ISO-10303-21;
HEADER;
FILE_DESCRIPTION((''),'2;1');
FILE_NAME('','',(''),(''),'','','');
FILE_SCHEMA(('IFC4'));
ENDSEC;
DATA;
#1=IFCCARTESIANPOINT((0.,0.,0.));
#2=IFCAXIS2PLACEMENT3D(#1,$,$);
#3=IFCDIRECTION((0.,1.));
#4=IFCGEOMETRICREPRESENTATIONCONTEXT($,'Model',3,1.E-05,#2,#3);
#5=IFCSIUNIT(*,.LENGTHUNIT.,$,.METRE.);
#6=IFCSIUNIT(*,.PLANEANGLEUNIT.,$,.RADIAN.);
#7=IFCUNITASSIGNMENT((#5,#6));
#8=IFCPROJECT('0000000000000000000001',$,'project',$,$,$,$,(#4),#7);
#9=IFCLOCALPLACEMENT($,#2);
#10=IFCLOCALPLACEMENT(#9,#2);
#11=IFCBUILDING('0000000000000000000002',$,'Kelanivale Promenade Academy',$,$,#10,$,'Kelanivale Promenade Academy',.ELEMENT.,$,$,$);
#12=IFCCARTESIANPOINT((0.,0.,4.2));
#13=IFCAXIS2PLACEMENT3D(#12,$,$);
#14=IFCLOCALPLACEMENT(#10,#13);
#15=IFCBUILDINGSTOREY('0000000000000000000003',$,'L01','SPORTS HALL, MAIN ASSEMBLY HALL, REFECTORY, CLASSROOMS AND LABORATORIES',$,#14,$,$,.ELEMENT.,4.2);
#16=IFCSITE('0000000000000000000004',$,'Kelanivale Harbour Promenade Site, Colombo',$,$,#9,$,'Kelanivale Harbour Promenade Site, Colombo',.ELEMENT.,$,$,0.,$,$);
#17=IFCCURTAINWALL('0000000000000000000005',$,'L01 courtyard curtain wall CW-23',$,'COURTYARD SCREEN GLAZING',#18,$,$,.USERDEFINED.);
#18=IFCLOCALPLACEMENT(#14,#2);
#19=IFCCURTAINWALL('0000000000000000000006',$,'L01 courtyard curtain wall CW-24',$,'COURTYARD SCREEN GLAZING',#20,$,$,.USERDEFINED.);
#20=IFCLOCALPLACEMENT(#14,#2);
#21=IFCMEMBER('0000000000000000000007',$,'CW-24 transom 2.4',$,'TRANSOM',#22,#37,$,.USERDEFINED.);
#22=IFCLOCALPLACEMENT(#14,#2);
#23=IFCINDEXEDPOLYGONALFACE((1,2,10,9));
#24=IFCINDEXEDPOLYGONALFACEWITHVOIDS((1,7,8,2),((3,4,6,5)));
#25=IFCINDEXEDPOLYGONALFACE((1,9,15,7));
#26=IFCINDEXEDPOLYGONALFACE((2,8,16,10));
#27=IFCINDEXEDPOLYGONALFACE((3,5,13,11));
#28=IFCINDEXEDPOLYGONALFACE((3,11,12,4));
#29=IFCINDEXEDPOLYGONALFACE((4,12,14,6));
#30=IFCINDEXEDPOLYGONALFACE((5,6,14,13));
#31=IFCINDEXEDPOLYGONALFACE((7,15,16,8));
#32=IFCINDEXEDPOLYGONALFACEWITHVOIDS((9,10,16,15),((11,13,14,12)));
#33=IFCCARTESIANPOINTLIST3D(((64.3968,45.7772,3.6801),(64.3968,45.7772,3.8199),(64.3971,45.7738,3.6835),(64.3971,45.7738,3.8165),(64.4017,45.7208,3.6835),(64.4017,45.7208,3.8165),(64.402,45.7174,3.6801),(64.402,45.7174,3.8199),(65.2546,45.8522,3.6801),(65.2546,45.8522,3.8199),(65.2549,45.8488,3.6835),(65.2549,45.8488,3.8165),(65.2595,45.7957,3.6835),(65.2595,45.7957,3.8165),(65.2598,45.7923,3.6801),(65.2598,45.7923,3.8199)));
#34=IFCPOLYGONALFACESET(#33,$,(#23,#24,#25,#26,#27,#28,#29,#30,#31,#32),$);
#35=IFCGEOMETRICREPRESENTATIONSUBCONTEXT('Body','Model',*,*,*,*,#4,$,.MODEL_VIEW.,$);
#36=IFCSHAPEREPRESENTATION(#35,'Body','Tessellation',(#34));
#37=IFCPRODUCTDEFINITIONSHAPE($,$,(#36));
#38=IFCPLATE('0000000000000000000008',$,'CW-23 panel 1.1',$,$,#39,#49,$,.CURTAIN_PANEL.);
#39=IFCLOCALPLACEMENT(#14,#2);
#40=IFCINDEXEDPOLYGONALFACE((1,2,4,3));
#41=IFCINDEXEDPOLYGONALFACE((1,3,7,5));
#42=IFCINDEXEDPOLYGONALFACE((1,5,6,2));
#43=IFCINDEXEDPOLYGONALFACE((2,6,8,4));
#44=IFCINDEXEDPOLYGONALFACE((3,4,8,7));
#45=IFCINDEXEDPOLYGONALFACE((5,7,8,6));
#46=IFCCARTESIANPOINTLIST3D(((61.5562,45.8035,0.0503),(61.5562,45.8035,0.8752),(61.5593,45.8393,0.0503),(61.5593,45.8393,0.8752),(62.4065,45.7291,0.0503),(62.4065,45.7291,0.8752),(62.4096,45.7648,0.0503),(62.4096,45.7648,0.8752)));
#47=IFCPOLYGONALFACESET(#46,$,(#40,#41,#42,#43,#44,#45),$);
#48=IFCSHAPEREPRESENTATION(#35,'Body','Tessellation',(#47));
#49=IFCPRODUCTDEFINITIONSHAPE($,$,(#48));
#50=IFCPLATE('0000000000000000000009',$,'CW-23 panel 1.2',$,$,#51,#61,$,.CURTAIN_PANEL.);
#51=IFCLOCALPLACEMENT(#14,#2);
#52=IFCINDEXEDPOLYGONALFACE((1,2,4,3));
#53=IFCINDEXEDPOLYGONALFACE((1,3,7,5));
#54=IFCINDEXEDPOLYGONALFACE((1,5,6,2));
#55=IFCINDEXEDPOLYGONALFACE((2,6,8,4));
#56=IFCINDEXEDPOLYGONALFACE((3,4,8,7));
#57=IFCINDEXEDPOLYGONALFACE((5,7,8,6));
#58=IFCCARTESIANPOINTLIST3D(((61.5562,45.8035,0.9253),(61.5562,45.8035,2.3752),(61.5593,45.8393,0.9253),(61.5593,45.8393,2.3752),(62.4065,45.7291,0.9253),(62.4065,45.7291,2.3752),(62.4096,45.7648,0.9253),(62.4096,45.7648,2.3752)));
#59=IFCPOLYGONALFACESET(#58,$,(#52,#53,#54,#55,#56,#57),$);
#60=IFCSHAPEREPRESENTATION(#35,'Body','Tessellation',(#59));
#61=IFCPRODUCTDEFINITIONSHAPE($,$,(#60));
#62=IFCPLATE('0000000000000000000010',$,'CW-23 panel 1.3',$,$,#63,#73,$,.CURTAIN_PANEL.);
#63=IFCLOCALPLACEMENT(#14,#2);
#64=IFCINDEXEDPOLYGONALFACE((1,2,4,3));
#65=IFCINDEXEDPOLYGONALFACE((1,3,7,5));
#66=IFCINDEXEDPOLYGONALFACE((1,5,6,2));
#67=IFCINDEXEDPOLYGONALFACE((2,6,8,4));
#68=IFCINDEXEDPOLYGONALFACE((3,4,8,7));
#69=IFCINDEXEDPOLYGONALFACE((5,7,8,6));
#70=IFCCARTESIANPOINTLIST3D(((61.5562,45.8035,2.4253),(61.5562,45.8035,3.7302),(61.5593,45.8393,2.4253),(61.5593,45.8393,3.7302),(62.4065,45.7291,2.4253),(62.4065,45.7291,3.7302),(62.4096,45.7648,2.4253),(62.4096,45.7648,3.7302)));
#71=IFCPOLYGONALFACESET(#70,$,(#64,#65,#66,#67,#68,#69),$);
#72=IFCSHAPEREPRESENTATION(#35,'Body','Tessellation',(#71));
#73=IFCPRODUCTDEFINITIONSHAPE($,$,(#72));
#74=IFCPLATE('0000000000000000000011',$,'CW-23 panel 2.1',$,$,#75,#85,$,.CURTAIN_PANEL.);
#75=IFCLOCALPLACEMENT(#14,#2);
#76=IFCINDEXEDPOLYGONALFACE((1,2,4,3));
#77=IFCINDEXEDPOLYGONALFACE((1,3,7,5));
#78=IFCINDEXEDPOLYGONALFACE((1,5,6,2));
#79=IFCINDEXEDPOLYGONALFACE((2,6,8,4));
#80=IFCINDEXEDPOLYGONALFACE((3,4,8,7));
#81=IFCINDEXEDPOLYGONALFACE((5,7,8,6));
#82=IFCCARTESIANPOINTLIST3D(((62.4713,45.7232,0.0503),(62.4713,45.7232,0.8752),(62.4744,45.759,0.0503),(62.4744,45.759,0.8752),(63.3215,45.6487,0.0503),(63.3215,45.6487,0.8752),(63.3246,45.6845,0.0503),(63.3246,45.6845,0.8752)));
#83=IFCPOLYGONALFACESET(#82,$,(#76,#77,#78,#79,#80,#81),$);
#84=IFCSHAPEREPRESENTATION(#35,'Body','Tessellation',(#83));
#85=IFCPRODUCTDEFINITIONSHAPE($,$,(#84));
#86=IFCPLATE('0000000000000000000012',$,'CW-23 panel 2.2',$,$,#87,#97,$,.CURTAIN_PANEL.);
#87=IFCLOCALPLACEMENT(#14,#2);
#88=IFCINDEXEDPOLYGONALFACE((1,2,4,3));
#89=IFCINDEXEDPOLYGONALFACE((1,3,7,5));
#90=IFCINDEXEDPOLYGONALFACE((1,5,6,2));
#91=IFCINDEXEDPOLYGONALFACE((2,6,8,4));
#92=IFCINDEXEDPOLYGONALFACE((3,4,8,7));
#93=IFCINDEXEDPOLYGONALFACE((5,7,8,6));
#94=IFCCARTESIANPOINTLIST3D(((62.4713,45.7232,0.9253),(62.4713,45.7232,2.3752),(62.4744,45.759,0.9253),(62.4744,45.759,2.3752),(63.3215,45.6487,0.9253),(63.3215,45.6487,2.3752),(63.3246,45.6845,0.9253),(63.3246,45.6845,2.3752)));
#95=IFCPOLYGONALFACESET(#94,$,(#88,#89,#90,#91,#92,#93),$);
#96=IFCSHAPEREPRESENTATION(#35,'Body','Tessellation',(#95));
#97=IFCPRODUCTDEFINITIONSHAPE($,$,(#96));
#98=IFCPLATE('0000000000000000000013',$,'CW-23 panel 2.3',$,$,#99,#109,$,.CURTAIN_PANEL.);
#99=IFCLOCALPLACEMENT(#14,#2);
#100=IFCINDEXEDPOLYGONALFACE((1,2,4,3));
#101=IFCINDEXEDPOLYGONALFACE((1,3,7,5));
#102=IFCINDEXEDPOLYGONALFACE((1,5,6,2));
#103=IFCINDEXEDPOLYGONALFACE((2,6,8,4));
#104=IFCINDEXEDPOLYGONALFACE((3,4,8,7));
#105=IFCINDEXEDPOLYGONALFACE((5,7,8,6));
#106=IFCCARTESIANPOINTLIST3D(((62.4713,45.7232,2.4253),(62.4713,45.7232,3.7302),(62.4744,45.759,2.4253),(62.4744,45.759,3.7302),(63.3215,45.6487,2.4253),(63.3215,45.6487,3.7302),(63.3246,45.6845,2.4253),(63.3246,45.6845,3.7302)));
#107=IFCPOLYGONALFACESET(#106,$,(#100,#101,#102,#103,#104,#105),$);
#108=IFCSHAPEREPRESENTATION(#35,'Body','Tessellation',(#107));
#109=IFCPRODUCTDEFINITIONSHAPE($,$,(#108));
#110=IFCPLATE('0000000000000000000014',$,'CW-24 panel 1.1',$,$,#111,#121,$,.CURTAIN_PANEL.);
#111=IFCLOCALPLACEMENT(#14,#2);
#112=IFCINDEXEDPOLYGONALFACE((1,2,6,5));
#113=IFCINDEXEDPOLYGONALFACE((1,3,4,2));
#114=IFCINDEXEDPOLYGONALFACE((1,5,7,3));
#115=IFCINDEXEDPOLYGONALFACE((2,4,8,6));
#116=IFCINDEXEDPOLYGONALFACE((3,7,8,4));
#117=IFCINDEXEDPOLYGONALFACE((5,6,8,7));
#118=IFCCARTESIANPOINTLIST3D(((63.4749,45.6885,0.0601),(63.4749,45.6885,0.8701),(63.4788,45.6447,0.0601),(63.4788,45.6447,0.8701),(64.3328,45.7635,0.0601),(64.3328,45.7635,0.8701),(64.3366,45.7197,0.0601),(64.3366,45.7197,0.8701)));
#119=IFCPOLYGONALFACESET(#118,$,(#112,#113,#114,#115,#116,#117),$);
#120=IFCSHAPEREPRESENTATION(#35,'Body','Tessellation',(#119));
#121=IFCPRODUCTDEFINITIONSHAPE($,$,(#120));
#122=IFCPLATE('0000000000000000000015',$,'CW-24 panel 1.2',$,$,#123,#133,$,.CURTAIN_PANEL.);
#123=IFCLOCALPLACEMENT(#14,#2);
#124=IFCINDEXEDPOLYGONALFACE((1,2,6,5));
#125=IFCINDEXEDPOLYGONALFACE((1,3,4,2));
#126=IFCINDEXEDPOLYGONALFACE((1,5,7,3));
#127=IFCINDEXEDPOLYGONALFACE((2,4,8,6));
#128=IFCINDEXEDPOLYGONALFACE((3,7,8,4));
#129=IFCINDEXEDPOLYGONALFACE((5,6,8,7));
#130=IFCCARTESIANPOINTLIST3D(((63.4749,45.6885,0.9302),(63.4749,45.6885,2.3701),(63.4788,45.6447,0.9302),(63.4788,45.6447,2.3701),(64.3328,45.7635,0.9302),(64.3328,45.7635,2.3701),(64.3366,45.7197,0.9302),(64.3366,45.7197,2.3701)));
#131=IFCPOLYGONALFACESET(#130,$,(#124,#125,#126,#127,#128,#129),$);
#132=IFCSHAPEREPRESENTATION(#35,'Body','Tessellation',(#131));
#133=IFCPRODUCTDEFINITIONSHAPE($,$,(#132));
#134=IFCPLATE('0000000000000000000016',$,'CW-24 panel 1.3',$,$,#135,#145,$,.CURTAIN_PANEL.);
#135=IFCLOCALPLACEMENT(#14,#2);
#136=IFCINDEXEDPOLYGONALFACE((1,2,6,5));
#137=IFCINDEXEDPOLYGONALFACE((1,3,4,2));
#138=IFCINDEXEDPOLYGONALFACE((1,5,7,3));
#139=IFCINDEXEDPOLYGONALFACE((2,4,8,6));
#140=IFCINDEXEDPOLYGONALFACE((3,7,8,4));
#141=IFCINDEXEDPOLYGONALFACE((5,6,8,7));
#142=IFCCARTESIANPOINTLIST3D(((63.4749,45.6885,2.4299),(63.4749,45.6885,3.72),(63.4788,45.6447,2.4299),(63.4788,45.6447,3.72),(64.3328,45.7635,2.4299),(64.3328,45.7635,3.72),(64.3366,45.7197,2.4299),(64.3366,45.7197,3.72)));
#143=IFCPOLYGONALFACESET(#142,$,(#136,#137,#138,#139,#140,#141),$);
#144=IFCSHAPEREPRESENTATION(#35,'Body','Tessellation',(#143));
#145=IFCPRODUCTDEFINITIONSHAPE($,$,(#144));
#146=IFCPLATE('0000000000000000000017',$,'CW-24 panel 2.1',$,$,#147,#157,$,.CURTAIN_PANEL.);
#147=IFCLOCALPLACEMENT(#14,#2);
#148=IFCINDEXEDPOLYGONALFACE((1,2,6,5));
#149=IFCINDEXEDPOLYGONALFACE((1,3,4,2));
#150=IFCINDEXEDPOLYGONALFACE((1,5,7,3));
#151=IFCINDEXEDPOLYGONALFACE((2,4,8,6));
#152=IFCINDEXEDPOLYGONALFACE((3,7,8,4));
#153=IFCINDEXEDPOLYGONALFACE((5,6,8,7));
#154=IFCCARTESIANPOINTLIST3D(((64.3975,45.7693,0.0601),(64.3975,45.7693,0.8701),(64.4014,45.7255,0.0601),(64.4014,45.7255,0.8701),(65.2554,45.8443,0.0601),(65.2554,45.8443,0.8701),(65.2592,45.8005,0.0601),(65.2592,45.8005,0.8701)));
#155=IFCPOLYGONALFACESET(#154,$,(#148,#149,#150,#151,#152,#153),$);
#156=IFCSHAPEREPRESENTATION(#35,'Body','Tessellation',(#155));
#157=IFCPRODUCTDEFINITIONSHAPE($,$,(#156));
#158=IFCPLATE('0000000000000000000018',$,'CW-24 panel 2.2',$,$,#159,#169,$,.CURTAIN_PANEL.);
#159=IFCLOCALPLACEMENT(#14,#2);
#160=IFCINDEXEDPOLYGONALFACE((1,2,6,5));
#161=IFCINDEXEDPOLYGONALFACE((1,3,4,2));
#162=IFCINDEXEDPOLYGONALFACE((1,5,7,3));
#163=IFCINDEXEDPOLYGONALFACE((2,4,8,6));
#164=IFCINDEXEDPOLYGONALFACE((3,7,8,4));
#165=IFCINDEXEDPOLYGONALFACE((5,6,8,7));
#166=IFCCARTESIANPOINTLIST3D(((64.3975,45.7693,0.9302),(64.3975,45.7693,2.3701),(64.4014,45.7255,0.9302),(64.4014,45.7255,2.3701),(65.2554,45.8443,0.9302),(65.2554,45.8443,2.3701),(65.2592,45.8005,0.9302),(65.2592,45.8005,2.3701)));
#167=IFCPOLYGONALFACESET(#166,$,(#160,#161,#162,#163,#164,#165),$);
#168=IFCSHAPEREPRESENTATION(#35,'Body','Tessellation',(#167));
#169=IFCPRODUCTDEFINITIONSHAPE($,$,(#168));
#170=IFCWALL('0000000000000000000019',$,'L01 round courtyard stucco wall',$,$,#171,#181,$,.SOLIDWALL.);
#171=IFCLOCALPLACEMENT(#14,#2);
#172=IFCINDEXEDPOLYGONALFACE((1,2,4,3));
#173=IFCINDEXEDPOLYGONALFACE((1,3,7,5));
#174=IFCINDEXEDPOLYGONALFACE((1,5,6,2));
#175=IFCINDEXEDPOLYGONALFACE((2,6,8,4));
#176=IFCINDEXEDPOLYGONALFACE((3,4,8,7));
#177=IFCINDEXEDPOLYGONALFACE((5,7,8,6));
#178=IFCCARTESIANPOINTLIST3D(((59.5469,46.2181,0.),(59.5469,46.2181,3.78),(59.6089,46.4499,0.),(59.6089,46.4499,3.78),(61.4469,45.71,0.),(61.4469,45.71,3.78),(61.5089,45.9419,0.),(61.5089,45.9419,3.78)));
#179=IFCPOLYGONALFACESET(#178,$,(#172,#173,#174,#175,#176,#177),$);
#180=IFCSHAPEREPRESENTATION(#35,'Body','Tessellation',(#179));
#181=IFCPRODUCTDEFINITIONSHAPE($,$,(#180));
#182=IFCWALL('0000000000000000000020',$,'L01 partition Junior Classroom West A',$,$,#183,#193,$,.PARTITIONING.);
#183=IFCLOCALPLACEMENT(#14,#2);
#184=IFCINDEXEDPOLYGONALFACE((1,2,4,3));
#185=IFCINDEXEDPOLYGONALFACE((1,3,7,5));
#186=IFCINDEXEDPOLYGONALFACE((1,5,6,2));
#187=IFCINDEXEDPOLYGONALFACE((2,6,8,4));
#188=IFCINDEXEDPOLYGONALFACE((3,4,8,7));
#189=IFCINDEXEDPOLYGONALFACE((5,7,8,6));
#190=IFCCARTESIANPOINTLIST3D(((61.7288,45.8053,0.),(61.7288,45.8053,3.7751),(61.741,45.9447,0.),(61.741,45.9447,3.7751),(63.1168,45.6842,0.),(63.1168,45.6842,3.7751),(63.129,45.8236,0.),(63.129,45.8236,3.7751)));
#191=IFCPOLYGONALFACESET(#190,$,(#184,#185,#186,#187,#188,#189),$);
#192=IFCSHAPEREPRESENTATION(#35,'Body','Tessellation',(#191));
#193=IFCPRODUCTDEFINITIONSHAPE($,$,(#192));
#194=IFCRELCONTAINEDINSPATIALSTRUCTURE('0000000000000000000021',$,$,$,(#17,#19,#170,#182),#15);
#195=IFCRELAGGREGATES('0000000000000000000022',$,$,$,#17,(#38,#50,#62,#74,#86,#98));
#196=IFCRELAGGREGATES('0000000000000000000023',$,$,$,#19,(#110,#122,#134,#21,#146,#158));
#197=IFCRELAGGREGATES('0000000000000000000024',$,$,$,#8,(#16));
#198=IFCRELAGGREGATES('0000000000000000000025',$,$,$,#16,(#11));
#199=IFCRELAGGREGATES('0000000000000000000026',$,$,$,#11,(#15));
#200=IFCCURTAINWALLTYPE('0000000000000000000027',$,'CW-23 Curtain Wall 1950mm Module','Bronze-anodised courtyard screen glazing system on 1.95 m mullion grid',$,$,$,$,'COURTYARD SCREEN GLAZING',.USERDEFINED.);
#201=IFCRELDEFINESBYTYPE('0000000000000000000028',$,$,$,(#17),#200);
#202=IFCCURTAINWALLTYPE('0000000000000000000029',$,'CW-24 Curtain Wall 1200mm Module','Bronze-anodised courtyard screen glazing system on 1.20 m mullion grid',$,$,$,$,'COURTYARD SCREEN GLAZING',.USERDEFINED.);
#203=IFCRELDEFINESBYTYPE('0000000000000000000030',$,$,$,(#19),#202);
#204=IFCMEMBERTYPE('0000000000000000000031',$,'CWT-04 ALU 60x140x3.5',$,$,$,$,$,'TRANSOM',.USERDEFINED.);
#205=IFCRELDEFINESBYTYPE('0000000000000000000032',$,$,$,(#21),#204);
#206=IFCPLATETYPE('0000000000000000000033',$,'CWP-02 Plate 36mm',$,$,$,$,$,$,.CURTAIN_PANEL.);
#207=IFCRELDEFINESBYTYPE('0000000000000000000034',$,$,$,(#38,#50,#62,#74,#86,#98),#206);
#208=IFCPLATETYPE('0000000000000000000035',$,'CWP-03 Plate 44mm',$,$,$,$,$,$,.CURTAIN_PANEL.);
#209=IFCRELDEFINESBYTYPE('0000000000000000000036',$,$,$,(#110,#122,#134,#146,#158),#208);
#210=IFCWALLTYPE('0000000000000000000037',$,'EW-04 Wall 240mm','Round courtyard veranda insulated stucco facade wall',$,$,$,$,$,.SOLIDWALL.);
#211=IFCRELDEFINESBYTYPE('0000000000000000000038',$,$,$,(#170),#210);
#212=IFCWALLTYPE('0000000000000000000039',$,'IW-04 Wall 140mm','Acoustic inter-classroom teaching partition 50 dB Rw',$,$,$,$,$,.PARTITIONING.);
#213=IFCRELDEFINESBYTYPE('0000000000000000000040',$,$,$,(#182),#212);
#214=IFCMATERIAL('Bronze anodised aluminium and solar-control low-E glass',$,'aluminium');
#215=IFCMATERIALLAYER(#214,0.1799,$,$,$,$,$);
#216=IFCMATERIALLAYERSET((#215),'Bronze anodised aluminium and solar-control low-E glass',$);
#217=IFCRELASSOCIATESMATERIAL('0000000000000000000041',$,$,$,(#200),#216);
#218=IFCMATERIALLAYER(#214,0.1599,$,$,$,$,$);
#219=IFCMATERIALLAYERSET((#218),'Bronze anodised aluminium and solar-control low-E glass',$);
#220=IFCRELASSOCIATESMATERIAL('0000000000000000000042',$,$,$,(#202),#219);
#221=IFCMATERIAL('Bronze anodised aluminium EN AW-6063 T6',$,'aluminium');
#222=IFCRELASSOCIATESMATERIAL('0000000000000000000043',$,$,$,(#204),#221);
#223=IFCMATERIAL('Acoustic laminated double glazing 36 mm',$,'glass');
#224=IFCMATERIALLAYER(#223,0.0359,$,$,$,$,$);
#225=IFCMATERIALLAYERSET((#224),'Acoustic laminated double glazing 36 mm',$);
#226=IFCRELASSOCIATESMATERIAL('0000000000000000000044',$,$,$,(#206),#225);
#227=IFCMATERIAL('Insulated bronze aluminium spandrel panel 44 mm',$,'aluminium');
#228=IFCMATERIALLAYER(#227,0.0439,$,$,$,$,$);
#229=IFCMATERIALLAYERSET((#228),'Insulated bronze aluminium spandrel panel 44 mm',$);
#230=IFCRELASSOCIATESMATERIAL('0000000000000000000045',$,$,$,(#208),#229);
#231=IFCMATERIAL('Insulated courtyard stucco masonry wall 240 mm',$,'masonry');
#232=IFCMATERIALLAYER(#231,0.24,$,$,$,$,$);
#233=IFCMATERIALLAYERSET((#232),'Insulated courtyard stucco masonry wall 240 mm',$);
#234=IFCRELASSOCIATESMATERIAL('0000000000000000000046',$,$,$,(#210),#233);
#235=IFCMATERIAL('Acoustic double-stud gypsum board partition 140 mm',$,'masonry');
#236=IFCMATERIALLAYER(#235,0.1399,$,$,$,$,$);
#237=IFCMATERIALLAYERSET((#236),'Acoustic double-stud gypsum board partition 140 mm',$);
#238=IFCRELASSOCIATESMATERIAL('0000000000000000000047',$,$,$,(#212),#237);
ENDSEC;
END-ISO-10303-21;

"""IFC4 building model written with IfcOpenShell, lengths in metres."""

from ifc_helpers import new_model, si_unit, direction, frame, frame_2d, origin, origin_2d, place, context, subcontext, project, spatial, rectangle, hollow_rectangle, extrude, material, layer, layer_set, material_profile, profile_set, type_object, element, aggregate, save


model = new_model("IFC4")

# Units and contexts
model_context = context("Model", 3, precision=1e-05, world=origin(), true_north=direction((0.0, 1.0)))
body_context = subcontext(model_context, "Body", "Model", "MODEL_VIEW")
ifc_project = project(units=[si_unit("LENGTHUNIT", "METRE"), si_unit("PLANEANGLEUNIT", "RADIAN")], contexts=[model_context])

# Site, building, storey
site_placement = place(None, origin())
site = spatial("IfcSite", under=ifc_project, at=site_placement, Name="Kelanivale Harbour Promenade Site, Colombo", LongName="Kelanivale Harbour Promenade Site, Colombo", CompositionType="ELEMENT", RefElevation=0.0)
building_placement = place(site_placement, origin())
building = spatial("IfcBuilding", under=site, at=building_placement, Name="Kelanivale Promenade Academy", LongName="Kelanivale Promenade Academy", CompositionType="ELEMENT")
storey_placement = place(building_placement, frame((0.0, 0.0, 4.2)))
storey = spatial("IfcBuildingStorey", under=building, at=storey_placement, Name="L01", Description="SPORTS HALL, MAIN ASSEMBLY HALL, REFECTORY, CLASSROOMS AND LABORATORIES", CompositionType="ELEMENT", Elevation=4.2)

# Shared definitions
ifc_material_1 = material(Name="Bronze anodised aluminium and solar-control low-E glass", Category="aluminium")
ifc_material_2 = material(Name="Bronze anodised aluminium EN AW-6063 T6", Category="aluminium")

# Curtain walls
ifc_layer_1 = layer(ifc_material_1, 0.1799)
ifc_layer_set_1 = layer_set([ifc_layer_1], Name="Bronze anodised aluminium and solar-control low-E glass")
curtain_wall_type_1 = type_object("IfcCurtainWallType", Name="CW-23 Curtain Wall 1950mm Module", Description="Bronze-anodised courtyard screen glazing system on 1.95 m mullion grid", ElementType="COURTYARD SCREEN GLAZING", PredefinedType="USERDEFINED", material=ifc_layer_set_1)
curtain_wall_1_placement = place(storey_placement, origin())
curtain_wall_1 = element("IfcCurtainWall", 1, at=curtain_wall_1_placement, inside=storey, type_object=curtain_wall_type_1, Name="L01 courtyard curtain wall CW-23", ObjectType="COURTYARD SCREEN GLAZING", PredefinedType="USERDEFINED")
ifc_layer_2 = layer(ifc_material_1, 0.1599)
ifc_layer_set_2 = layer_set([ifc_layer_2], Name="Bronze anodised aluminium and solar-control low-E glass")
curtain_wall_type_2 = type_object("IfcCurtainWallType", Name="CW-24 Curtain Wall 1200mm Module", Description="Bronze-anodised courtyard screen glazing system on 1.20 m mullion grid", ElementType="COURTYARD SCREEN GLAZING", PredefinedType="USERDEFINED", material=ifc_layer_set_2)
curtain_wall_2_placement = place(storey_placement, origin())
curtain_wall_2 = element("IfcCurtainWall", 2, at=curtain_wall_2_placement, inside=storey, type_object=curtain_wall_type_2, Name="L01 courtyard curtain wall CW-24", ObjectType="COURTYARD SCREEN GLAZING", PredefinedType="USERDEFINED")

# Member
ifc_material_profile_1 = material_profile(ifc_material_2, hollow_rectangle(XDim=0.0601, YDim=0.1399, WallThickness=0.0034, at=origin_2d()), Name="ALU 60x140x3.5")
ifc_profile_set_1 = profile_set([ifc_material_profile_1], Name="Bronze anodised aluminium EN AW-6063 T6")
member_type_1 = type_object("IfcMemberType", Name="CWT-04 ALU 60x140x3.5", ElementType="TRANSOM", PredefinedType="USERDEFINED", material=ifc_profile_set_1)
member_1_placement = place(storey_placement, frame((64.3994, 45.7473, 3.75), z_axis=(0.996205, 0.087033, 0.0), x_axis=(-0.087033, 0.996205, 0.0)))
member_1 = element("IfcMember", 3, at=member_1_placement, type_object=member_type_1, Name="CW-24 transom 2.4", ObjectType="TRANSOM", PredefinedType="USERDEFINED", context=body_context, shape_type="SweptSolid", body=[
    extrude(hollow_rectangle(XDim=0.0601, YDim=0.1399, WallThickness=0.0034, at=origin_2d()), origin(), (0.0, 0.0, 1.0), 0.8611),
])

# Plates
ifc_material_3 = material(Name="Acoustic laminated double glazing 36 mm", Category="glass")
ifc_layer_3 = layer(ifc_material_3, 0.0359)
ifc_layer_set_3 = layer_set([ifc_layer_3], Name="Acoustic laminated double glazing 36 mm")
plate_type_1 = type_object("IfcPlateType", Name="CWP-02 Plate 36mm", PredefinedType="CURTAIN_PANEL", material=ifc_layer_set_3)
plate_1_placement = place(storey_placement, frame((61.9829, 45.7842, 0.0503), z_axis=(0.0, 0.0, 1.0), x_axis=(0.996185, -0.087265, 0.0)))
plate_1 = element("IfcPlate", 4, at=plate_1_placement, type_object=plate_type_1, Name="CW-23 panel 1.1", PredefinedType="CURTAIN_PANEL", context=body_context, shape_type="SweptSolid", body=[
    extrude(rectangle(XDim=0.8535, YDim=0.0359, at=origin_2d()), origin(), (0.0, 0.0, 1.0), 0.825),
])
plate_2_placement = place(storey_placement, frame((61.9829, 45.7842, 0.9253), z_axis=(0.0, 0.0, 1.0), x_axis=(0.996185, -0.087265, 0.0)))
plate_2 = element("IfcPlate", 5, at=plate_2_placement, type_object=plate_type_1, Name="CW-23 panel 1.2", PredefinedType="CURTAIN_PANEL", context=body_context, shape_type="SweptSolid", body=[
    extrude(rectangle(XDim=0.8535, YDim=0.0359, at=origin_2d()), origin(), (0.0, 0.0, 1.0), 1.45),
])
plate_3_placement = place(storey_placement, frame((61.9829, 45.7842, 2.4253), z_axis=(0.0, 0.0, 1.0), x_axis=(0.996185, -0.087265, 0.0)))
plate_3 = element("IfcPlate", 6, at=plate_3_placement, type_object=plate_type_1, Name="CW-23 panel 1.3", PredefinedType="CURTAIN_PANEL", context=body_context, shape_type="SweptSolid", body=[
    extrude(rectangle(XDim=0.8535, YDim=0.0359, at=origin_2d()), origin(), (0.0, 0.0, 1.0), 1.3049),
])
plate_4_placement = place(storey_placement, frame((62.8979, 45.7039, 0.0503), z_axis=(0.0, 0.0, 1.0), x_axis=(0.996185, -0.087265, 0.0)))
plate_4 = element("IfcPlate", 7, at=plate_4_placement, type_object=plate_type_1, Name="CW-23 panel 2.1", PredefinedType="CURTAIN_PANEL", context=body_context, shape_type="SweptSolid", body=[
    extrude(rectangle(XDim=0.8535, YDim=0.0359, at=origin_2d()), origin(), (0.0, 0.0, 1.0), 0.825),
])
plate_5_placement = place(storey_placement, frame((62.8979, 45.7039, 0.9253), z_axis=(0.0, 0.0, 1.0), x_axis=(0.996185, -0.087265, 0.0)))
plate_5 = element("IfcPlate", 8, at=plate_5_placement, type_object=plate_type_1, Name="CW-23 panel 2.2", PredefinedType="CURTAIN_PANEL", context=body_context, shape_type="SweptSolid", body=[
    extrude(rectangle(XDim=0.8535, YDim=0.0359, at=origin_2d()), origin(), (0.0, 0.0, 1.0), 1.45),
])
plate_6_placement = place(storey_placement, frame((62.8979, 45.7039, 2.4253), z_axis=(0.0, 0.0, 1.0), x_axis=(0.996185, -0.087265, 0.0)))
plate_6 = element("IfcPlate", 9, at=plate_6_placement, type_object=plate_type_1, Name="CW-23 panel 2.3", PredefinedType="CURTAIN_PANEL", context=body_context, shape_type="SweptSolid", body=[
    extrude(rectangle(XDim=0.8535, YDim=0.0359, at=origin_2d()), origin(), (0.0, 0.0, 1.0), 1.3049),
])
aggregate(curtain_wall_1, [plate_1, plate_2, plate_3, plate_4, plate_5, plate_6])
ifc_material_4 = material(Name="Insulated bronze aluminium spandrel panel 44 mm", Category="aluminium")
ifc_layer_4 = layer(ifc_material_4, 0.0439)
ifc_layer_set_4 = layer_set([ifc_layer_4], Name="Insulated bronze aluminium spandrel panel 44 mm")
plate_type_2 = type_object("IfcPlateType", Name="CWP-03 Plate 44mm", PredefinedType="CURTAIN_PANEL", material=ifc_layer_set_4)
plate_7_placement = place(storey_placement, frame((63.9058, 45.7041, 0.0601), z_axis=(0.0, 0.0, 1.0), x_axis=(0.996199, 0.087102, 0.0)))
plate_7 = element("IfcPlate", 10, at=plate_7_placement, type_object=plate_type_2, Name="CW-24 panel 1.1", PredefinedType="CURTAIN_PANEL", context=body_context, shape_type="SweptSolid", body=[
    extrude(rectangle(XDim=0.8611, YDim=0.0439, at=origin_2d()), origin(), (0.0, 0.0, 1.0), 0.8101),
])
plate_8_placement = place(storey_placement, frame((63.9058, 45.7041, 0.9302), z_axis=(0.0, 0.0, 1.0), x_axis=(0.996199, 0.087102, 0.0)))
plate_8 = element("IfcPlate", 11, at=plate_8_placement, type_object=plate_type_2, Name="CW-24 panel 1.2", PredefinedType="CURTAIN_PANEL", context=body_context, shape_type="SweptSolid", body=[
    extrude(rectangle(XDim=0.8611, YDim=0.0439, at=origin_2d()), origin(), (0.0, 0.0, 1.0), 1.4399),
])
plate_9_placement = place(storey_placement, frame((63.9058, 45.7041, 2.4299), z_axis=(0.0, 0.0, 1.0), x_axis=(0.996199, 0.087102, 0.0)))
plate_9 = element("IfcPlate", 12, at=plate_9_placement, type_object=plate_type_2, Name="CW-24 panel 1.3", PredefinedType="CURTAIN_PANEL", context=body_context, shape_type="SweptSolid", body=[
    extrude(rectangle(XDim=0.8611, YDim=0.0439, at=origin_2d()), origin(), (0.0, 0.0, 1.0), 1.29),
])
plate_10_placement = place(storey_placement, frame((64.8284, 45.7849, 0.0601), z_axis=(0.0, 0.0, 1.0), x_axis=(0.996199, 0.087102, 0.0)))
plate_10 = element("IfcPlate", 13, at=plate_10_placement, type_object=plate_type_2, Name="CW-24 panel 2.1", PredefinedType="CURTAIN_PANEL", context=body_context, shape_type="SweptSolid", body=[
    extrude(rectangle(XDim=0.8611, YDim=0.0439, at=origin_2d()), origin(), (0.0, 0.0, 1.0), 0.8101),
])
plate_11_placement = place(storey_placement, frame((64.8284, 45.7849, 0.9302), z_axis=(0.0, 0.0, 1.0), x_axis=(0.996199, 0.087102, 0.0)))
plate_11 = element("IfcPlate", 14, at=plate_11_placement, type_object=plate_type_2, Name="CW-24 panel 2.2", PredefinedType="CURTAIN_PANEL", context=body_context, shape_type="SweptSolid", body=[
    extrude(rectangle(XDim=0.8611, YDim=0.0439, at=origin_2d()), origin(), (0.0, 0.0, 1.0), 1.4399),
])
aggregate(curtain_wall_2, [plate_7, plate_8, plate_9, member_1, plate_10, plate_11])

# Walls
ifc_material_5 = material(Name="Insulated courtyard stucco masonry wall 240 mm", Category="masonry")
ifc_layer_5 = layer(ifc_material_5, 0.24)
ifc_layer_set_5 = layer_set([ifc_layer_5], Name="Insulated courtyard stucco masonry wall 240 mm")
wall_type_1 = type_object("IfcWallType", Name="EW-04 Wall 240mm", Description="Round courtyard veranda insulated stucco facade wall", PredefinedType="SOLIDWALL", material=ifc_layer_set_5)
wall_1_placement = place(storey_placement, frame((59.5779, 46.334, 0.0), z_axis=(0.0, 0.0, 1.0), x_axis=(0.966064, -0.258304, 0.0)))
element("IfcWall", 15, at=wall_1_placement, inside=storey, type_object=wall_type_1, Name="L01 round courtyard stucco wall", PredefinedType="SOLIDWALL", context=body_context, shape_type="SweptSolid", body=[
    extrude(rectangle(XDim=1.9668, YDim=0.24, at=frame_2d((0.9834, 0.0))), origin(), (0.0, 0.0, 1.0), 3.78),
])
ifc_material_6 = material(Name="Acoustic double-stud gypsum board partition 140 mm", Category="masonry")
ifc_layer_6 = layer(ifc_material_6, 0.1399)
ifc_layer_set_6 = layer_set([ifc_layer_6], Name="Acoustic double-stud gypsum board partition 140 mm")
wall_type_2 = type_object("IfcWallType", Name="IW-04 Wall 140mm", Description="Acoustic inter-classroom teaching partition 50 dB Rw", PredefinedType="PARTITIONING", material=ifc_layer_set_6)
wall_2_placement = place(storey_placement, frame((63.123, 45.7539, 0.0), z_axis=(0.0, 0.0, 1.0), x_axis=(-0.996216, 0.086917, 0.0)))
element("IfcWall", 16, at=wall_2_placement, inside=storey, type_object=wall_type_2, Name="L01 partition Junior Classroom West A", PredefinedType="PARTITIONING", context=body_context, shape_type="SweptSolid", body=[
    extrude(rectangle(XDim=1.3933, YDim=0.1399, at=frame_2d((0.6968, 0.0))), origin(), (0.0, 0.0, 1.0), 3.7751),
])

save(model, "model.ifc")
